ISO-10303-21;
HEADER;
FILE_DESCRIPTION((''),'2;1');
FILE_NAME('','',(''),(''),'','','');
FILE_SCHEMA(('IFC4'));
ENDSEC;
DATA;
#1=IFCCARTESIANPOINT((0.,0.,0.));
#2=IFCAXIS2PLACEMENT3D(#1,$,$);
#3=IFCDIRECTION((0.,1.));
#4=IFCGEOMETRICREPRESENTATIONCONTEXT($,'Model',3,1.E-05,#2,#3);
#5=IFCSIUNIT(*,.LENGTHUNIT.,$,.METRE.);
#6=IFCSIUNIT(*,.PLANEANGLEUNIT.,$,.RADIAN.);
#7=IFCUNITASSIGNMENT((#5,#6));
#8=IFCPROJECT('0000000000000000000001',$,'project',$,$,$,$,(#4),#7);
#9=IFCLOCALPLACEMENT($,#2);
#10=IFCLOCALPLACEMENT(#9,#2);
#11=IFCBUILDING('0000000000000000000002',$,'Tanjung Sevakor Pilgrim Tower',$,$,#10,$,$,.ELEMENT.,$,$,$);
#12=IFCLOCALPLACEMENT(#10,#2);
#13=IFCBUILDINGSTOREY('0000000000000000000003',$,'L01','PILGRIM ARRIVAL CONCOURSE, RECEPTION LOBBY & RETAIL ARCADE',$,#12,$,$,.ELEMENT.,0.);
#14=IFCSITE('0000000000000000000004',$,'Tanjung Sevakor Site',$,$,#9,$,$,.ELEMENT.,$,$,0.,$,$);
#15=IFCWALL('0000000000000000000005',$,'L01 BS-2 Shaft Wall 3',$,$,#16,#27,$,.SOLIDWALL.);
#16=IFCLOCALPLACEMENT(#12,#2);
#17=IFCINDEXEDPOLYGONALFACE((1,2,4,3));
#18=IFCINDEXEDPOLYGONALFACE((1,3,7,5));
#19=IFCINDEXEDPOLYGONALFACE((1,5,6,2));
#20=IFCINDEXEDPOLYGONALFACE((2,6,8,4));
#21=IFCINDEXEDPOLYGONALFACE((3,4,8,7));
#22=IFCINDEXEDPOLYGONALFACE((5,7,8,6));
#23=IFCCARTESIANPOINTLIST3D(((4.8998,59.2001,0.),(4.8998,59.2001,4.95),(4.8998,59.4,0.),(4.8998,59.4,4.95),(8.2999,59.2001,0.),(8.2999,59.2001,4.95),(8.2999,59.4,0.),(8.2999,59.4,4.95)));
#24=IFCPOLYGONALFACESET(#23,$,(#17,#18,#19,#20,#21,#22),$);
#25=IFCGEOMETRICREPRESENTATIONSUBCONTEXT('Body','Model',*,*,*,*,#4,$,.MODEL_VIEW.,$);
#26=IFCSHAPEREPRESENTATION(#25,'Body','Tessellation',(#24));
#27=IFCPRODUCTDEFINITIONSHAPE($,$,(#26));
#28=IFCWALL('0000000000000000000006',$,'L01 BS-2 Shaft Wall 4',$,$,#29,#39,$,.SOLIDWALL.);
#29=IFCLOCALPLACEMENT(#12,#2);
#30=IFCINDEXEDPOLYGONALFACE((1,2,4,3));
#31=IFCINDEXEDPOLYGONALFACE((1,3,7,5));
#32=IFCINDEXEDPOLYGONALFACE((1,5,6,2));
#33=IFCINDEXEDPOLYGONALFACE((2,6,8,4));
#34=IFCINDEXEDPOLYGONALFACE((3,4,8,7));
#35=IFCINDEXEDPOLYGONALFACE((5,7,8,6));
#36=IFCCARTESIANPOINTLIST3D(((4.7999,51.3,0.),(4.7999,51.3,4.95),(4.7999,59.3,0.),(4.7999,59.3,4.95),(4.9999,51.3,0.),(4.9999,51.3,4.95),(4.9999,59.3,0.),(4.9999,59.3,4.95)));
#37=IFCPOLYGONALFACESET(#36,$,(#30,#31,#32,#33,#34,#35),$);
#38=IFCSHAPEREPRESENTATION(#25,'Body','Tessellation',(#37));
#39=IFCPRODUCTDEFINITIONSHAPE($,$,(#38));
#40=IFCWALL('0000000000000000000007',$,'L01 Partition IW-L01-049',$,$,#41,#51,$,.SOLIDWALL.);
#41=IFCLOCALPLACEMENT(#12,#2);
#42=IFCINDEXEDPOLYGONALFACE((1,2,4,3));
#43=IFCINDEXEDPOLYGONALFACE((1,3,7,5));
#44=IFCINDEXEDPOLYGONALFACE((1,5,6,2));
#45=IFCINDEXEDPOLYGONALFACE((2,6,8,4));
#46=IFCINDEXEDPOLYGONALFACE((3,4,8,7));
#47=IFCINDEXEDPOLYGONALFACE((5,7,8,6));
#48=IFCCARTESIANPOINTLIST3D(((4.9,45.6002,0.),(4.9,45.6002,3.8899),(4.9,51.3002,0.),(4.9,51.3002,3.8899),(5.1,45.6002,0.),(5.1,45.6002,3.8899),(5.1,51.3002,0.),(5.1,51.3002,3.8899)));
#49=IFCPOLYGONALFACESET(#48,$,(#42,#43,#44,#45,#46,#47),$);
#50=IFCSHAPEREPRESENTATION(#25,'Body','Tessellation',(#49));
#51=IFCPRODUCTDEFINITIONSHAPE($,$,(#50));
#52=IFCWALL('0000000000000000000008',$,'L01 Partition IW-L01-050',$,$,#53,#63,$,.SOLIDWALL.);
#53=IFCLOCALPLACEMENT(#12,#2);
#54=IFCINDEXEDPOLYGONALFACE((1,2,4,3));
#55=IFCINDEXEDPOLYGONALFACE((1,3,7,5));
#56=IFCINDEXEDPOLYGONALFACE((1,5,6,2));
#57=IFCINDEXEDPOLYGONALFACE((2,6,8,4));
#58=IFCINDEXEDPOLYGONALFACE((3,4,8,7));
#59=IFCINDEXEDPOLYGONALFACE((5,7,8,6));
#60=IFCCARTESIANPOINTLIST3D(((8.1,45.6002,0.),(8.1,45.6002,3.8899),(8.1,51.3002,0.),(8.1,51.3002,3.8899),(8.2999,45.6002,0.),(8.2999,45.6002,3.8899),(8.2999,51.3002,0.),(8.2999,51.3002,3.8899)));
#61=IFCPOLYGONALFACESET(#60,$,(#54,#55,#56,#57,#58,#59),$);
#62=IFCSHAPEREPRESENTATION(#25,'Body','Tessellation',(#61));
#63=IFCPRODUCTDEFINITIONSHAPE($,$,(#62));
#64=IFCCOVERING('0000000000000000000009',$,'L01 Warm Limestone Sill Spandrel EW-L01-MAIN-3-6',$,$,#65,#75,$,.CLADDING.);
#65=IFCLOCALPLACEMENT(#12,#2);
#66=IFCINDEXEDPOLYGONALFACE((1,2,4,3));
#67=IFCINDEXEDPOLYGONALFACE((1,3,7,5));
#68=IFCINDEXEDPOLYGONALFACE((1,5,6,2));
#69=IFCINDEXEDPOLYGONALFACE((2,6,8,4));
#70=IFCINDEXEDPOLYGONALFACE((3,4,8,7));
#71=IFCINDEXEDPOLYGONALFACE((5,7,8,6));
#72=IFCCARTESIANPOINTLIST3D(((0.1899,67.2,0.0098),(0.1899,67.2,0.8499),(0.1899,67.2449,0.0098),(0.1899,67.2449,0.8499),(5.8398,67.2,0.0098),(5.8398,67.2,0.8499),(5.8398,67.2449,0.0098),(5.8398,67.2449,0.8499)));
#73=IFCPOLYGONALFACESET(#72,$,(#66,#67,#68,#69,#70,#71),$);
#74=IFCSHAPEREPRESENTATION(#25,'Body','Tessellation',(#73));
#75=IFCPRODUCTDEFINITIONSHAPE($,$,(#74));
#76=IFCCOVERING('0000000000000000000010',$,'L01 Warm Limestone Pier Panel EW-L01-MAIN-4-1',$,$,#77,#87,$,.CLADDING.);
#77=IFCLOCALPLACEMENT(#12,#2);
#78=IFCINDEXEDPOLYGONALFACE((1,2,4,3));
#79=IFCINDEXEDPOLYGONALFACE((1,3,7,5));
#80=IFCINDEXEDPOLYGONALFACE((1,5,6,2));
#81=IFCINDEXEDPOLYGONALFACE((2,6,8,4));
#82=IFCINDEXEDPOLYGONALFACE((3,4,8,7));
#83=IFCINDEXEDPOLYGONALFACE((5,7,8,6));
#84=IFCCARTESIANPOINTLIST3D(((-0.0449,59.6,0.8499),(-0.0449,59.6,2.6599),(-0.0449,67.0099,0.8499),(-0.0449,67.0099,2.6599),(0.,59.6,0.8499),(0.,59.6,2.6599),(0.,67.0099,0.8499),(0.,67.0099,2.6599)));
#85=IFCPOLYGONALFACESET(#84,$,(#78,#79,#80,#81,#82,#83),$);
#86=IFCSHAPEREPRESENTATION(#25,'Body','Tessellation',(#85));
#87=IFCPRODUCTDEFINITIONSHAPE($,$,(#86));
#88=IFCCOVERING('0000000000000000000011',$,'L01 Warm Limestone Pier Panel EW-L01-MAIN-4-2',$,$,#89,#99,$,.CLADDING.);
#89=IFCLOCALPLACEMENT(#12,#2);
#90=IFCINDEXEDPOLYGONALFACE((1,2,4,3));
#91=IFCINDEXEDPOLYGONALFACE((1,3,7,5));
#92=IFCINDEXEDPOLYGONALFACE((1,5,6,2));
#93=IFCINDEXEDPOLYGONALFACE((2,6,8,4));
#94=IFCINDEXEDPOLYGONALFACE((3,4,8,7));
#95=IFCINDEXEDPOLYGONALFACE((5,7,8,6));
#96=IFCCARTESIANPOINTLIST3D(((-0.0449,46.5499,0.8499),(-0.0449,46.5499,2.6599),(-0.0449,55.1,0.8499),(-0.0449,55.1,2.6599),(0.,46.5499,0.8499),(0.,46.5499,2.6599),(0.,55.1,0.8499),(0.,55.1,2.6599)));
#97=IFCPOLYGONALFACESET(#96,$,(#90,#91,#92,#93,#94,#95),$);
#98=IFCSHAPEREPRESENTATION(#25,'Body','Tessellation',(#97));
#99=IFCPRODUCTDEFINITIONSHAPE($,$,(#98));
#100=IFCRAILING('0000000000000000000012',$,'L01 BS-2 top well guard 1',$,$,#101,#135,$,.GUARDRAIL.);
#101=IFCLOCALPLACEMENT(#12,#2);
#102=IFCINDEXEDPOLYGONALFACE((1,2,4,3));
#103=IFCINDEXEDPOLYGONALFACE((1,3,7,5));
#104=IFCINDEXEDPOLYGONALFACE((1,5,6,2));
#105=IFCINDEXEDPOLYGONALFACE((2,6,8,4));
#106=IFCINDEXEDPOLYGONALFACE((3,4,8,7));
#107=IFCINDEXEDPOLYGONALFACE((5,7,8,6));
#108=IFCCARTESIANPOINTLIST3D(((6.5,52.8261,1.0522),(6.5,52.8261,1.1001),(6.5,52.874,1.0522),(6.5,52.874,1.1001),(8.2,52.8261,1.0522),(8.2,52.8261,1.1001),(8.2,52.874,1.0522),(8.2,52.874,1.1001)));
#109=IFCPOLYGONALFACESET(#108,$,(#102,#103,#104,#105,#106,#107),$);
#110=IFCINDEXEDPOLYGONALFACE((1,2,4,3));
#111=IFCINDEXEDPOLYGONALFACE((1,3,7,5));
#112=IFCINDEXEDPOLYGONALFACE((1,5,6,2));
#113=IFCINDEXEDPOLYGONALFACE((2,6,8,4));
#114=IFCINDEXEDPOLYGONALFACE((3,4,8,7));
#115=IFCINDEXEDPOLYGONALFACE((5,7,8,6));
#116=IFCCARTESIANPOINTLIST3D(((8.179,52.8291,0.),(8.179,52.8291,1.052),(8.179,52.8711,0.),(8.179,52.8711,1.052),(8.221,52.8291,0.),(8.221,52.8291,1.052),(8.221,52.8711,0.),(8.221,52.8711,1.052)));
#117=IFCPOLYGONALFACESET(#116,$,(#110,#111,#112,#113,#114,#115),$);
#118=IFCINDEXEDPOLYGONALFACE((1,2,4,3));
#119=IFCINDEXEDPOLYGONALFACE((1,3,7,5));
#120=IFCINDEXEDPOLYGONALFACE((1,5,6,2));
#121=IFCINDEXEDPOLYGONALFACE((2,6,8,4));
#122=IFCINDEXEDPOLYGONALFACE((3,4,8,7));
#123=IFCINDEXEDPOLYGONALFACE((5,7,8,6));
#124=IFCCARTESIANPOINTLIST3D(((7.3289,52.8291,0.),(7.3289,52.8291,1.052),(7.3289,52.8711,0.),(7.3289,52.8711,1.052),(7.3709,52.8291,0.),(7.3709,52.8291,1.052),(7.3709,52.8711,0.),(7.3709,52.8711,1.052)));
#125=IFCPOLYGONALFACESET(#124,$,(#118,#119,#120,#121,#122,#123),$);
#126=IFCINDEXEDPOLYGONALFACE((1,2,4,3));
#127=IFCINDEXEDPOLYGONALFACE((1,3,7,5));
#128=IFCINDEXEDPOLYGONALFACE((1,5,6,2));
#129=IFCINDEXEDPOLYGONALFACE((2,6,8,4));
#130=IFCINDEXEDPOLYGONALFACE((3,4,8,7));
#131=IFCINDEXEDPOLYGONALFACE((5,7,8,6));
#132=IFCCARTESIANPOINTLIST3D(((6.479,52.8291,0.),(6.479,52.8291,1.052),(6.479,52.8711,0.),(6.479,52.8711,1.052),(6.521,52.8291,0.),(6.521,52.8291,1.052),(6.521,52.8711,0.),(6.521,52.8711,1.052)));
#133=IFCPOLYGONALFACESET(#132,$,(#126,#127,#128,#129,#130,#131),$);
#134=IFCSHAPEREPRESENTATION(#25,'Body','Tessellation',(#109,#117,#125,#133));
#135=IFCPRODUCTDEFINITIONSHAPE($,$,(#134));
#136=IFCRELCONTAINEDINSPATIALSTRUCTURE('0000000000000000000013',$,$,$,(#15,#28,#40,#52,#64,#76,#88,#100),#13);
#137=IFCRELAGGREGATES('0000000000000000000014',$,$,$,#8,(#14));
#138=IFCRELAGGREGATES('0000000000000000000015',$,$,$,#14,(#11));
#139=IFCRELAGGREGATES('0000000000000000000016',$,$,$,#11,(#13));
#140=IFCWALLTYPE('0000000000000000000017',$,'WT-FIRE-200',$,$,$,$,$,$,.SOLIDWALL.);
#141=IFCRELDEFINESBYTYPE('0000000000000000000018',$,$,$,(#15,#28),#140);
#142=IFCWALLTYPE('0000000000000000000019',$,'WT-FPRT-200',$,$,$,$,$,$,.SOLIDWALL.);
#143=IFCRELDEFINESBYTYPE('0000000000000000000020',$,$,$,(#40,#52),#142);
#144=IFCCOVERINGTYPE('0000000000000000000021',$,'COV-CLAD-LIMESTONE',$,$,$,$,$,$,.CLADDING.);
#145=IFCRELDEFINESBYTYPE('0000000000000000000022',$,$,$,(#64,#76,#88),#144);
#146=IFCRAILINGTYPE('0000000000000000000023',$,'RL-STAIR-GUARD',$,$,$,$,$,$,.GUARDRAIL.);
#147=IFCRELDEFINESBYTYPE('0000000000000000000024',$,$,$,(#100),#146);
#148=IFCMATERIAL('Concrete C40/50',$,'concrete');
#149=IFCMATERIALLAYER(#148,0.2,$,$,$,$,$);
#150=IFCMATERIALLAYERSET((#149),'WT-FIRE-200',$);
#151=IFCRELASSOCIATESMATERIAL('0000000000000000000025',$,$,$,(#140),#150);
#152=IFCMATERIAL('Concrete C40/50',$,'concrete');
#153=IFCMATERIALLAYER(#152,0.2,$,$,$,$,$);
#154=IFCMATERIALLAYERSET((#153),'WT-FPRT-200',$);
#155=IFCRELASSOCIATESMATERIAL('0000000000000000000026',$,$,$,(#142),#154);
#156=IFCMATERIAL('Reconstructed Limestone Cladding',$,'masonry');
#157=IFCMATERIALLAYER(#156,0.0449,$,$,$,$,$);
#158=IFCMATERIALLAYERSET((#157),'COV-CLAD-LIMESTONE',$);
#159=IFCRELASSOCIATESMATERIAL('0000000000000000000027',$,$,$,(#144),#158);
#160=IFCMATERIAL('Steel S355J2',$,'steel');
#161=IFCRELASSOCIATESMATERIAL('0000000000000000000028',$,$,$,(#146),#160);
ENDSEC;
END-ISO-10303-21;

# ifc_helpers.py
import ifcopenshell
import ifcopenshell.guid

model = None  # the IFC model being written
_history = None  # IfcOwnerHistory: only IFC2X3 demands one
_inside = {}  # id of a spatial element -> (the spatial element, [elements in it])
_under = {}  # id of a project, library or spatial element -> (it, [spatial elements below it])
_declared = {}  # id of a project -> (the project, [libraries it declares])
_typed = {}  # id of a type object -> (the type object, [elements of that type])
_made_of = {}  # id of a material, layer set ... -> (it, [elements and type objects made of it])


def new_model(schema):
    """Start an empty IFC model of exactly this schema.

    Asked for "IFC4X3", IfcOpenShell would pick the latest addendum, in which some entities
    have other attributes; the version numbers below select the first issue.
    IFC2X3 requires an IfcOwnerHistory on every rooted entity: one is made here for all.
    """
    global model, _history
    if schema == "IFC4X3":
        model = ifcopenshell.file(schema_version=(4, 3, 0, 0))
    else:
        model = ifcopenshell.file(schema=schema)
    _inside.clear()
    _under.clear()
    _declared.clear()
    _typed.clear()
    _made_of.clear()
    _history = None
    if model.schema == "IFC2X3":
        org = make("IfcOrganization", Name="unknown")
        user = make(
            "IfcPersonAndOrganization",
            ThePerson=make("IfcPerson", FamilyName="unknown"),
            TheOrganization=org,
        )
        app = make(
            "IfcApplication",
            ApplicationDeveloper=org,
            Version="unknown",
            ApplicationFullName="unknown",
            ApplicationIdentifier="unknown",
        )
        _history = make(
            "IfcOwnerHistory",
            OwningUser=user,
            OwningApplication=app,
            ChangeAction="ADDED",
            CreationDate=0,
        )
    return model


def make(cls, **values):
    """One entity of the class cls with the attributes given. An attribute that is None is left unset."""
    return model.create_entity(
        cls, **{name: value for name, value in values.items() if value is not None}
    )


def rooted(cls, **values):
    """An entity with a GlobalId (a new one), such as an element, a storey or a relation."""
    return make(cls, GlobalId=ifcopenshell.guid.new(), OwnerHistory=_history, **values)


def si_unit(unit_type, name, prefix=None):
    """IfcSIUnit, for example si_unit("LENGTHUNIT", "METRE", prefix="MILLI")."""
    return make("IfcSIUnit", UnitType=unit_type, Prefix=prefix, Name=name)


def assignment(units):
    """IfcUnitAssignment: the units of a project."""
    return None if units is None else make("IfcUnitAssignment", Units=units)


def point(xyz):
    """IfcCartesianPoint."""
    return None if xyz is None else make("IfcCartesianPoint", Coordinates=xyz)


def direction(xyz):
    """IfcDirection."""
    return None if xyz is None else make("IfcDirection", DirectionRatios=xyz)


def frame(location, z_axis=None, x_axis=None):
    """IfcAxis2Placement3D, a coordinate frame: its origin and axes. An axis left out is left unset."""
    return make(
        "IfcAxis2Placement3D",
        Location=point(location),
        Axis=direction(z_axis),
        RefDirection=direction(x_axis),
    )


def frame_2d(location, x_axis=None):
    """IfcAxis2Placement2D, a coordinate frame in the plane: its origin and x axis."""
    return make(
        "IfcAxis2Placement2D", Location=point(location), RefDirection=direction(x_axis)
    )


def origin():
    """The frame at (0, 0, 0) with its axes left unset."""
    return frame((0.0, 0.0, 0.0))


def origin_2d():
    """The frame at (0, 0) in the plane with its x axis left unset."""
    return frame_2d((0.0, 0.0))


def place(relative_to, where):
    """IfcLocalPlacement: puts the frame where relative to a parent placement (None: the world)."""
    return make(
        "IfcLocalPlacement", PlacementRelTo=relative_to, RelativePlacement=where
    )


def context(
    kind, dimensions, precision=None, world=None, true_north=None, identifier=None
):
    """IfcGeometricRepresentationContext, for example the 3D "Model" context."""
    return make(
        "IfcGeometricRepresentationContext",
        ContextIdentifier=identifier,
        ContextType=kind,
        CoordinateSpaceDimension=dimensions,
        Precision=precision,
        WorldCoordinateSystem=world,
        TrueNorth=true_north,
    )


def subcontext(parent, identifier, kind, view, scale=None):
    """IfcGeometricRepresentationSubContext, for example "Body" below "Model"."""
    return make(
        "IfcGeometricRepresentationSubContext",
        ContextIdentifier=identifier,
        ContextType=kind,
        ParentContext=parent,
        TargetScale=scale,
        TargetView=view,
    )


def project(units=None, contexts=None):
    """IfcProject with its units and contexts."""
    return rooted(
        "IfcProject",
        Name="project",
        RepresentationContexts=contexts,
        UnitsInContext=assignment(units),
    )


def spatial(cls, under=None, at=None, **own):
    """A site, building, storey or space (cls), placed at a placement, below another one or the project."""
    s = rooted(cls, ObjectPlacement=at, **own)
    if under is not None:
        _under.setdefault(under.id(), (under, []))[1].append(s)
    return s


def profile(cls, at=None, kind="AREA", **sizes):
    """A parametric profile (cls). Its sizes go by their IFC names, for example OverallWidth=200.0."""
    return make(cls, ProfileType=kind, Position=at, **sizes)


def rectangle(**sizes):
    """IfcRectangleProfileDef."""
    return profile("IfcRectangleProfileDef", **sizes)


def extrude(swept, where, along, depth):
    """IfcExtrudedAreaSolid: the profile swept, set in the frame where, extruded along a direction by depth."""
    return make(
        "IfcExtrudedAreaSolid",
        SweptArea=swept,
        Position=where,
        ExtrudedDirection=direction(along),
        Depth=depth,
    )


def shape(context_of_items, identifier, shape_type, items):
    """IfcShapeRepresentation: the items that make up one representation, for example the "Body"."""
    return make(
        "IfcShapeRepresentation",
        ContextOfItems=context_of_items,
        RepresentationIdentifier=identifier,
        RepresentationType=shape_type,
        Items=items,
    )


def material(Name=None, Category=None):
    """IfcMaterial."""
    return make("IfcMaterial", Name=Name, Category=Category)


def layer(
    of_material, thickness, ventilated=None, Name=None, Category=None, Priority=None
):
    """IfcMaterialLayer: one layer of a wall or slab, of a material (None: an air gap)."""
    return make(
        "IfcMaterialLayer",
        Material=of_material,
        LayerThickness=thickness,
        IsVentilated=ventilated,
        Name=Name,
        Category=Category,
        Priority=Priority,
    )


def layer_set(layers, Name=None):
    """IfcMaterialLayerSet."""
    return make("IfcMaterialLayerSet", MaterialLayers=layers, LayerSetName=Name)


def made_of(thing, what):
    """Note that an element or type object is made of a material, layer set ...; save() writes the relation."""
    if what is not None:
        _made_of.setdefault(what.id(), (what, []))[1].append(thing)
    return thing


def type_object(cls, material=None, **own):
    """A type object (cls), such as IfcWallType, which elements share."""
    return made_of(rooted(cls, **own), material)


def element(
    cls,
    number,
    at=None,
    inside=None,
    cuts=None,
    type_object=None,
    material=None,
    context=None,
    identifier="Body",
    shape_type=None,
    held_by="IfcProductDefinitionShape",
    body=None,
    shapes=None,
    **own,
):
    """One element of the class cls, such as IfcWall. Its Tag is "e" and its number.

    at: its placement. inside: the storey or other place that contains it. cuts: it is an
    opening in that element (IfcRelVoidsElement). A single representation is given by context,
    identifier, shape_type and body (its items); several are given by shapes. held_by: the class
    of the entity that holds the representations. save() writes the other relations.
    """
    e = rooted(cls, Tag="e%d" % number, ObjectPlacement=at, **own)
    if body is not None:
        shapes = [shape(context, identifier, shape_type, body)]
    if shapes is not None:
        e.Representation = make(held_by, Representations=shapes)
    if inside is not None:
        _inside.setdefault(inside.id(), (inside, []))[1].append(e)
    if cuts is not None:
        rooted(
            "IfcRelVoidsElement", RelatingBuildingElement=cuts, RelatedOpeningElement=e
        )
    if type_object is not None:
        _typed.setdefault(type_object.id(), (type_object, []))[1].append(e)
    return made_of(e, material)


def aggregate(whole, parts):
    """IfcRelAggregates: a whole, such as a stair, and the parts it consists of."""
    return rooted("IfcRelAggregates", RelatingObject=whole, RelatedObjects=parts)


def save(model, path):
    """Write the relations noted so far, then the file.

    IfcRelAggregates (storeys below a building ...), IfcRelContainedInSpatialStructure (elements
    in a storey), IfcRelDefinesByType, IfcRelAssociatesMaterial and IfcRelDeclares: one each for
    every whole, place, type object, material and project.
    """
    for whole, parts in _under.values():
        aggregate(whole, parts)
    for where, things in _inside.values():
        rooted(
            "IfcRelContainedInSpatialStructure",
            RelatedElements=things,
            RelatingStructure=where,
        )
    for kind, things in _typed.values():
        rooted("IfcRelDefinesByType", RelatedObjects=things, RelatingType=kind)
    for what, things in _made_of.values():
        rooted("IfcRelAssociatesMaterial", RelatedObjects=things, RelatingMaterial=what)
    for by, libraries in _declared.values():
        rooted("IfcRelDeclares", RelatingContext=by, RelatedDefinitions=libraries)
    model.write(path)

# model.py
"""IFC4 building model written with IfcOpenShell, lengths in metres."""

from ifc_helpers import new_model, si_unit, direction, frame, frame_2d, origin, origin_2d, place, context, subcontext, project, spatial, rectangle, extrude, material, layer, layer_set, type_object, element, save


model = new_model("IFC4")

# Units and contexts
model_context = context("Model", 3, precision=1e-05, world=origin(), true_north=direction((0.0, 1.0)))
body_context = subcontext(model_context, "Body", "Model", "MODEL_VIEW")
ifc_project = project(units=[si_unit("LENGTHUNIT", "METRE"), si_unit("PLANEANGLEUNIT", "RADIAN")], contexts=[model_context])

# Site, building, storey
site_placement = place(None, origin())
site = spatial("IfcSite", under=ifc_project, at=site_placement, Name="Tanjung Sevakor Site", CompositionType="ELEMENT", RefElevation=0.0)
building_placement = place(site_placement, origin())
building = spatial("IfcBuilding", under=site, at=building_placement, Name="Tanjung Sevakor Pilgrim Tower", CompositionType="ELEMENT")
storey_placement = place(building_placement, origin())
storey = spatial("IfcBuildingStorey", under=building, at=storey_placement, Name="L01", Description="PILGRIM ARRIVAL CONCOURSE, RECEPTION LOBBY & RETAIL ARCADE", CompositionType="ELEMENT", Elevation=0.0)

# Shared definitions
ifc_material_1 = material(Name="Concrete C40/50", Category="concrete")
ifc_layer_1 = layer(ifc_material_1, 0.2)
ifc_layer_set_1 = layer_set([ifc_layer_1], Name="WT-FIRE-200")
wall_type_1 = type_object("IfcWallType", Name="WT-FIRE-200", PredefinedType="SOLIDWALL", material=ifc_layer_set_1)

# Walls
wall_1_placement = place(storey_placement, frame((8.3, 59.3, 0.0), z_axis=(0.0, 0.0, 1.0), x_axis=(-1.0, 0.0, 0.0)))
element("IfcWall", 1, at=wall_1_placement, inside=storey, type_object=wall_type_1, Name="L01 BS-2 Shaft Wall 3", PredefinedType="SOLIDWALL", context=body_context, shape_type="SweptSolid", body=[
    extrude(rectangle(XDim=3.4001, YDim=0.2, at=frame_2d((1.7002, 0.0))), origin(), (0.0, 0.0, 1.0), 4.95),
])
wall_2_placement = place(storey_placement, frame((4.8999, 59.3, 0.0), z_axis=(0.0, 0.0, 1.0), x_axis=(0.0, -1.0, 0.0)))
element("IfcWall", 2, at=wall_2_placement, inside=storey, type_object=wall_type_1, Name="L01 BS-2 Shaft Wall 4", PredefinedType="SOLIDWALL", context=body_context, shape_type="SweptSolid", body=[
    extrude(rectangle(XDim=8.0, YDim=0.2, at=frame_2d((4.0, 0.0))), origin(), (0.0, 0.0, 1.0), 4.95),
])
ifc_material_2 = material(Name="Concrete C40/50", Category="concrete")
ifc_layer_2 = layer(ifc_material_2, 0.2)
ifc_layer_set_2 = layer_set([ifc_layer_2], Name="WT-FPRT-200")
wall_type_2 = type_object("IfcWallType", Name="WT-FPRT-200", PredefinedType="SOLIDWALL", material=ifc_layer_set_2)
for number, where, z_axis, x_axis, name in (
    (3, (5.0, 45.6001, 0.0), (0.0, 0.0, 1.0), (0.0, 1.0, 0.0), "L01 Partition IW-L01-049"),
    (4, (8.2, 45.6001, 0.0), (0.0, 0.0, 1.0), (0.0, 1.0, 0.0), "L01 Partition IW-L01-050"),
):
    element("IfcWall", number, at=place(storey_placement, frame(where, z_axis=z_axis, x_axis=x_axis)), inside=storey, type_object=wall_type_2, Name=name, PredefinedType="SOLIDWALL", context=body_context, shape_type="SweptSolid", body=[
        extrude(rectangle(XDim=5.7, YDim=0.2, at=frame_2d((2.8501, 0.0))), origin(), (0.0, 0.0, 1.0), 3.8899),
    ])

# Coverings
ifc_material_3 = material(Name="Reconstructed Limestone Cladding", Category="masonry")
ifc_layer_3 = layer(ifc_material_3, 0.0449)
ifc_layer_set_3 = layer_set([ifc_layer_3], Name="COV-CLAD-LIMESTONE")
covering_type = type_object("IfcCoveringType", Name="COV-CLAD-LIMESTONE", PredefinedType="CLADDING", material=ifc_layer_set_3)
covering_1_placement = place(storey_placement, frame((3.0149, 67.2224, 0.0098), z_axis=(0.0, 0.0, 1.0), x_axis=(-1.0, 0.0, 0.0)))
element("IfcCovering", 5, at=covering_1_placement, inside=storey, type_object=covering_type, Name="L01 Warm Limestone Sill Spandrel EW-L01-MAIN-3-6", PredefinedType="CLADDING", context=body_context, shape_type="SweptSolid", body=[
    extrude(rectangle(XDim=5.6499, YDim=0.0449, at=origin_2d()), origin(), (0.0, 0.0, 1.0), 0.8401),
])
covering_2_placement = place(storey_placement, frame((-0.0225, 63.3049, 0.8499), z_axis=(0.0, 0.0, 1.0), x_axis=(0.0, -1.0, 0.0)))
element("IfcCovering", 6, at=covering_2_placement, inside=storey, type_object=covering_type, Name="L01 Warm Limestone Pier Panel EW-L01-MAIN-4-1", PredefinedType="CLADDING", context=body_context, shape_type="SweptSolid", body=[
    extrude(rectangle(XDim=7.4099, YDim=0.0449, at=origin_2d()), origin(), (0.0, 0.0, 1.0), 1.8101),
])
covering_3_placement = place(storey_placement, frame((-0.0225, 50.825, 0.8499), z_axis=(0.0, 0.0, 1.0), x_axis=(0.0, -1.0, 0.0)))
element("IfcCovering", 7, at=covering_3_placement, inside=storey, type_object=covering_type, Name="L01 Warm Limestone Pier Panel EW-L01-MAIN-4-2", PredefinedType="CLADDING", context=body_context, shape_type="SweptSolid", body=[
    extrude(rectangle(XDim=8.55, YDim=0.0449, at=origin_2d()), origin(), (0.0, 0.0, 1.0), 1.8101),
])

# Railing
ifc_material_4 = material(Name="Steel S355J2", Category="steel")
railing_type = type_object("IfcRailingType", Name="RL-STAIR-GUARD", PredefinedType="GUARDRAIL", material=ifc_material_4)
railing_placement = place(storey_placement, frame((8.2, 52.8501, 0.0)))
element("IfcRailing", 8, at=railing_placement, inside=storey, type_object=railing_type, Name="L01 BS-2 top well guard 1", PredefinedType="GUARDRAIL", context=body_context, shape_type="SweptSolid", body=[
    extrude(rectangle(XDim=0.0479, YDim=0.0479), frame((0.0, 0.0, 1.0762), z_axis=(-1.0, 0.0, 0.0), x_axis=(0.0, -1.0, 0.0)), (0.0, 0.0, 1.0), 1.7),
    extrude(rectangle(XDim=0.042, YDim=0.042), origin(), (0.0, 0.0, 1.0), 1.052),
    extrude(rectangle(XDim=0.042, YDim=0.042), frame((-0.8501, 0.0, 0.0)), (0.0, 0.0, 1.0), 1.052),
    extrude(rectangle(XDim=0.042, YDim=0.042), frame((-1.7, 0.0, 0.0)), (0.0, 0.0, 1.0), 1.052),
])

save(model, "model.ifc")
